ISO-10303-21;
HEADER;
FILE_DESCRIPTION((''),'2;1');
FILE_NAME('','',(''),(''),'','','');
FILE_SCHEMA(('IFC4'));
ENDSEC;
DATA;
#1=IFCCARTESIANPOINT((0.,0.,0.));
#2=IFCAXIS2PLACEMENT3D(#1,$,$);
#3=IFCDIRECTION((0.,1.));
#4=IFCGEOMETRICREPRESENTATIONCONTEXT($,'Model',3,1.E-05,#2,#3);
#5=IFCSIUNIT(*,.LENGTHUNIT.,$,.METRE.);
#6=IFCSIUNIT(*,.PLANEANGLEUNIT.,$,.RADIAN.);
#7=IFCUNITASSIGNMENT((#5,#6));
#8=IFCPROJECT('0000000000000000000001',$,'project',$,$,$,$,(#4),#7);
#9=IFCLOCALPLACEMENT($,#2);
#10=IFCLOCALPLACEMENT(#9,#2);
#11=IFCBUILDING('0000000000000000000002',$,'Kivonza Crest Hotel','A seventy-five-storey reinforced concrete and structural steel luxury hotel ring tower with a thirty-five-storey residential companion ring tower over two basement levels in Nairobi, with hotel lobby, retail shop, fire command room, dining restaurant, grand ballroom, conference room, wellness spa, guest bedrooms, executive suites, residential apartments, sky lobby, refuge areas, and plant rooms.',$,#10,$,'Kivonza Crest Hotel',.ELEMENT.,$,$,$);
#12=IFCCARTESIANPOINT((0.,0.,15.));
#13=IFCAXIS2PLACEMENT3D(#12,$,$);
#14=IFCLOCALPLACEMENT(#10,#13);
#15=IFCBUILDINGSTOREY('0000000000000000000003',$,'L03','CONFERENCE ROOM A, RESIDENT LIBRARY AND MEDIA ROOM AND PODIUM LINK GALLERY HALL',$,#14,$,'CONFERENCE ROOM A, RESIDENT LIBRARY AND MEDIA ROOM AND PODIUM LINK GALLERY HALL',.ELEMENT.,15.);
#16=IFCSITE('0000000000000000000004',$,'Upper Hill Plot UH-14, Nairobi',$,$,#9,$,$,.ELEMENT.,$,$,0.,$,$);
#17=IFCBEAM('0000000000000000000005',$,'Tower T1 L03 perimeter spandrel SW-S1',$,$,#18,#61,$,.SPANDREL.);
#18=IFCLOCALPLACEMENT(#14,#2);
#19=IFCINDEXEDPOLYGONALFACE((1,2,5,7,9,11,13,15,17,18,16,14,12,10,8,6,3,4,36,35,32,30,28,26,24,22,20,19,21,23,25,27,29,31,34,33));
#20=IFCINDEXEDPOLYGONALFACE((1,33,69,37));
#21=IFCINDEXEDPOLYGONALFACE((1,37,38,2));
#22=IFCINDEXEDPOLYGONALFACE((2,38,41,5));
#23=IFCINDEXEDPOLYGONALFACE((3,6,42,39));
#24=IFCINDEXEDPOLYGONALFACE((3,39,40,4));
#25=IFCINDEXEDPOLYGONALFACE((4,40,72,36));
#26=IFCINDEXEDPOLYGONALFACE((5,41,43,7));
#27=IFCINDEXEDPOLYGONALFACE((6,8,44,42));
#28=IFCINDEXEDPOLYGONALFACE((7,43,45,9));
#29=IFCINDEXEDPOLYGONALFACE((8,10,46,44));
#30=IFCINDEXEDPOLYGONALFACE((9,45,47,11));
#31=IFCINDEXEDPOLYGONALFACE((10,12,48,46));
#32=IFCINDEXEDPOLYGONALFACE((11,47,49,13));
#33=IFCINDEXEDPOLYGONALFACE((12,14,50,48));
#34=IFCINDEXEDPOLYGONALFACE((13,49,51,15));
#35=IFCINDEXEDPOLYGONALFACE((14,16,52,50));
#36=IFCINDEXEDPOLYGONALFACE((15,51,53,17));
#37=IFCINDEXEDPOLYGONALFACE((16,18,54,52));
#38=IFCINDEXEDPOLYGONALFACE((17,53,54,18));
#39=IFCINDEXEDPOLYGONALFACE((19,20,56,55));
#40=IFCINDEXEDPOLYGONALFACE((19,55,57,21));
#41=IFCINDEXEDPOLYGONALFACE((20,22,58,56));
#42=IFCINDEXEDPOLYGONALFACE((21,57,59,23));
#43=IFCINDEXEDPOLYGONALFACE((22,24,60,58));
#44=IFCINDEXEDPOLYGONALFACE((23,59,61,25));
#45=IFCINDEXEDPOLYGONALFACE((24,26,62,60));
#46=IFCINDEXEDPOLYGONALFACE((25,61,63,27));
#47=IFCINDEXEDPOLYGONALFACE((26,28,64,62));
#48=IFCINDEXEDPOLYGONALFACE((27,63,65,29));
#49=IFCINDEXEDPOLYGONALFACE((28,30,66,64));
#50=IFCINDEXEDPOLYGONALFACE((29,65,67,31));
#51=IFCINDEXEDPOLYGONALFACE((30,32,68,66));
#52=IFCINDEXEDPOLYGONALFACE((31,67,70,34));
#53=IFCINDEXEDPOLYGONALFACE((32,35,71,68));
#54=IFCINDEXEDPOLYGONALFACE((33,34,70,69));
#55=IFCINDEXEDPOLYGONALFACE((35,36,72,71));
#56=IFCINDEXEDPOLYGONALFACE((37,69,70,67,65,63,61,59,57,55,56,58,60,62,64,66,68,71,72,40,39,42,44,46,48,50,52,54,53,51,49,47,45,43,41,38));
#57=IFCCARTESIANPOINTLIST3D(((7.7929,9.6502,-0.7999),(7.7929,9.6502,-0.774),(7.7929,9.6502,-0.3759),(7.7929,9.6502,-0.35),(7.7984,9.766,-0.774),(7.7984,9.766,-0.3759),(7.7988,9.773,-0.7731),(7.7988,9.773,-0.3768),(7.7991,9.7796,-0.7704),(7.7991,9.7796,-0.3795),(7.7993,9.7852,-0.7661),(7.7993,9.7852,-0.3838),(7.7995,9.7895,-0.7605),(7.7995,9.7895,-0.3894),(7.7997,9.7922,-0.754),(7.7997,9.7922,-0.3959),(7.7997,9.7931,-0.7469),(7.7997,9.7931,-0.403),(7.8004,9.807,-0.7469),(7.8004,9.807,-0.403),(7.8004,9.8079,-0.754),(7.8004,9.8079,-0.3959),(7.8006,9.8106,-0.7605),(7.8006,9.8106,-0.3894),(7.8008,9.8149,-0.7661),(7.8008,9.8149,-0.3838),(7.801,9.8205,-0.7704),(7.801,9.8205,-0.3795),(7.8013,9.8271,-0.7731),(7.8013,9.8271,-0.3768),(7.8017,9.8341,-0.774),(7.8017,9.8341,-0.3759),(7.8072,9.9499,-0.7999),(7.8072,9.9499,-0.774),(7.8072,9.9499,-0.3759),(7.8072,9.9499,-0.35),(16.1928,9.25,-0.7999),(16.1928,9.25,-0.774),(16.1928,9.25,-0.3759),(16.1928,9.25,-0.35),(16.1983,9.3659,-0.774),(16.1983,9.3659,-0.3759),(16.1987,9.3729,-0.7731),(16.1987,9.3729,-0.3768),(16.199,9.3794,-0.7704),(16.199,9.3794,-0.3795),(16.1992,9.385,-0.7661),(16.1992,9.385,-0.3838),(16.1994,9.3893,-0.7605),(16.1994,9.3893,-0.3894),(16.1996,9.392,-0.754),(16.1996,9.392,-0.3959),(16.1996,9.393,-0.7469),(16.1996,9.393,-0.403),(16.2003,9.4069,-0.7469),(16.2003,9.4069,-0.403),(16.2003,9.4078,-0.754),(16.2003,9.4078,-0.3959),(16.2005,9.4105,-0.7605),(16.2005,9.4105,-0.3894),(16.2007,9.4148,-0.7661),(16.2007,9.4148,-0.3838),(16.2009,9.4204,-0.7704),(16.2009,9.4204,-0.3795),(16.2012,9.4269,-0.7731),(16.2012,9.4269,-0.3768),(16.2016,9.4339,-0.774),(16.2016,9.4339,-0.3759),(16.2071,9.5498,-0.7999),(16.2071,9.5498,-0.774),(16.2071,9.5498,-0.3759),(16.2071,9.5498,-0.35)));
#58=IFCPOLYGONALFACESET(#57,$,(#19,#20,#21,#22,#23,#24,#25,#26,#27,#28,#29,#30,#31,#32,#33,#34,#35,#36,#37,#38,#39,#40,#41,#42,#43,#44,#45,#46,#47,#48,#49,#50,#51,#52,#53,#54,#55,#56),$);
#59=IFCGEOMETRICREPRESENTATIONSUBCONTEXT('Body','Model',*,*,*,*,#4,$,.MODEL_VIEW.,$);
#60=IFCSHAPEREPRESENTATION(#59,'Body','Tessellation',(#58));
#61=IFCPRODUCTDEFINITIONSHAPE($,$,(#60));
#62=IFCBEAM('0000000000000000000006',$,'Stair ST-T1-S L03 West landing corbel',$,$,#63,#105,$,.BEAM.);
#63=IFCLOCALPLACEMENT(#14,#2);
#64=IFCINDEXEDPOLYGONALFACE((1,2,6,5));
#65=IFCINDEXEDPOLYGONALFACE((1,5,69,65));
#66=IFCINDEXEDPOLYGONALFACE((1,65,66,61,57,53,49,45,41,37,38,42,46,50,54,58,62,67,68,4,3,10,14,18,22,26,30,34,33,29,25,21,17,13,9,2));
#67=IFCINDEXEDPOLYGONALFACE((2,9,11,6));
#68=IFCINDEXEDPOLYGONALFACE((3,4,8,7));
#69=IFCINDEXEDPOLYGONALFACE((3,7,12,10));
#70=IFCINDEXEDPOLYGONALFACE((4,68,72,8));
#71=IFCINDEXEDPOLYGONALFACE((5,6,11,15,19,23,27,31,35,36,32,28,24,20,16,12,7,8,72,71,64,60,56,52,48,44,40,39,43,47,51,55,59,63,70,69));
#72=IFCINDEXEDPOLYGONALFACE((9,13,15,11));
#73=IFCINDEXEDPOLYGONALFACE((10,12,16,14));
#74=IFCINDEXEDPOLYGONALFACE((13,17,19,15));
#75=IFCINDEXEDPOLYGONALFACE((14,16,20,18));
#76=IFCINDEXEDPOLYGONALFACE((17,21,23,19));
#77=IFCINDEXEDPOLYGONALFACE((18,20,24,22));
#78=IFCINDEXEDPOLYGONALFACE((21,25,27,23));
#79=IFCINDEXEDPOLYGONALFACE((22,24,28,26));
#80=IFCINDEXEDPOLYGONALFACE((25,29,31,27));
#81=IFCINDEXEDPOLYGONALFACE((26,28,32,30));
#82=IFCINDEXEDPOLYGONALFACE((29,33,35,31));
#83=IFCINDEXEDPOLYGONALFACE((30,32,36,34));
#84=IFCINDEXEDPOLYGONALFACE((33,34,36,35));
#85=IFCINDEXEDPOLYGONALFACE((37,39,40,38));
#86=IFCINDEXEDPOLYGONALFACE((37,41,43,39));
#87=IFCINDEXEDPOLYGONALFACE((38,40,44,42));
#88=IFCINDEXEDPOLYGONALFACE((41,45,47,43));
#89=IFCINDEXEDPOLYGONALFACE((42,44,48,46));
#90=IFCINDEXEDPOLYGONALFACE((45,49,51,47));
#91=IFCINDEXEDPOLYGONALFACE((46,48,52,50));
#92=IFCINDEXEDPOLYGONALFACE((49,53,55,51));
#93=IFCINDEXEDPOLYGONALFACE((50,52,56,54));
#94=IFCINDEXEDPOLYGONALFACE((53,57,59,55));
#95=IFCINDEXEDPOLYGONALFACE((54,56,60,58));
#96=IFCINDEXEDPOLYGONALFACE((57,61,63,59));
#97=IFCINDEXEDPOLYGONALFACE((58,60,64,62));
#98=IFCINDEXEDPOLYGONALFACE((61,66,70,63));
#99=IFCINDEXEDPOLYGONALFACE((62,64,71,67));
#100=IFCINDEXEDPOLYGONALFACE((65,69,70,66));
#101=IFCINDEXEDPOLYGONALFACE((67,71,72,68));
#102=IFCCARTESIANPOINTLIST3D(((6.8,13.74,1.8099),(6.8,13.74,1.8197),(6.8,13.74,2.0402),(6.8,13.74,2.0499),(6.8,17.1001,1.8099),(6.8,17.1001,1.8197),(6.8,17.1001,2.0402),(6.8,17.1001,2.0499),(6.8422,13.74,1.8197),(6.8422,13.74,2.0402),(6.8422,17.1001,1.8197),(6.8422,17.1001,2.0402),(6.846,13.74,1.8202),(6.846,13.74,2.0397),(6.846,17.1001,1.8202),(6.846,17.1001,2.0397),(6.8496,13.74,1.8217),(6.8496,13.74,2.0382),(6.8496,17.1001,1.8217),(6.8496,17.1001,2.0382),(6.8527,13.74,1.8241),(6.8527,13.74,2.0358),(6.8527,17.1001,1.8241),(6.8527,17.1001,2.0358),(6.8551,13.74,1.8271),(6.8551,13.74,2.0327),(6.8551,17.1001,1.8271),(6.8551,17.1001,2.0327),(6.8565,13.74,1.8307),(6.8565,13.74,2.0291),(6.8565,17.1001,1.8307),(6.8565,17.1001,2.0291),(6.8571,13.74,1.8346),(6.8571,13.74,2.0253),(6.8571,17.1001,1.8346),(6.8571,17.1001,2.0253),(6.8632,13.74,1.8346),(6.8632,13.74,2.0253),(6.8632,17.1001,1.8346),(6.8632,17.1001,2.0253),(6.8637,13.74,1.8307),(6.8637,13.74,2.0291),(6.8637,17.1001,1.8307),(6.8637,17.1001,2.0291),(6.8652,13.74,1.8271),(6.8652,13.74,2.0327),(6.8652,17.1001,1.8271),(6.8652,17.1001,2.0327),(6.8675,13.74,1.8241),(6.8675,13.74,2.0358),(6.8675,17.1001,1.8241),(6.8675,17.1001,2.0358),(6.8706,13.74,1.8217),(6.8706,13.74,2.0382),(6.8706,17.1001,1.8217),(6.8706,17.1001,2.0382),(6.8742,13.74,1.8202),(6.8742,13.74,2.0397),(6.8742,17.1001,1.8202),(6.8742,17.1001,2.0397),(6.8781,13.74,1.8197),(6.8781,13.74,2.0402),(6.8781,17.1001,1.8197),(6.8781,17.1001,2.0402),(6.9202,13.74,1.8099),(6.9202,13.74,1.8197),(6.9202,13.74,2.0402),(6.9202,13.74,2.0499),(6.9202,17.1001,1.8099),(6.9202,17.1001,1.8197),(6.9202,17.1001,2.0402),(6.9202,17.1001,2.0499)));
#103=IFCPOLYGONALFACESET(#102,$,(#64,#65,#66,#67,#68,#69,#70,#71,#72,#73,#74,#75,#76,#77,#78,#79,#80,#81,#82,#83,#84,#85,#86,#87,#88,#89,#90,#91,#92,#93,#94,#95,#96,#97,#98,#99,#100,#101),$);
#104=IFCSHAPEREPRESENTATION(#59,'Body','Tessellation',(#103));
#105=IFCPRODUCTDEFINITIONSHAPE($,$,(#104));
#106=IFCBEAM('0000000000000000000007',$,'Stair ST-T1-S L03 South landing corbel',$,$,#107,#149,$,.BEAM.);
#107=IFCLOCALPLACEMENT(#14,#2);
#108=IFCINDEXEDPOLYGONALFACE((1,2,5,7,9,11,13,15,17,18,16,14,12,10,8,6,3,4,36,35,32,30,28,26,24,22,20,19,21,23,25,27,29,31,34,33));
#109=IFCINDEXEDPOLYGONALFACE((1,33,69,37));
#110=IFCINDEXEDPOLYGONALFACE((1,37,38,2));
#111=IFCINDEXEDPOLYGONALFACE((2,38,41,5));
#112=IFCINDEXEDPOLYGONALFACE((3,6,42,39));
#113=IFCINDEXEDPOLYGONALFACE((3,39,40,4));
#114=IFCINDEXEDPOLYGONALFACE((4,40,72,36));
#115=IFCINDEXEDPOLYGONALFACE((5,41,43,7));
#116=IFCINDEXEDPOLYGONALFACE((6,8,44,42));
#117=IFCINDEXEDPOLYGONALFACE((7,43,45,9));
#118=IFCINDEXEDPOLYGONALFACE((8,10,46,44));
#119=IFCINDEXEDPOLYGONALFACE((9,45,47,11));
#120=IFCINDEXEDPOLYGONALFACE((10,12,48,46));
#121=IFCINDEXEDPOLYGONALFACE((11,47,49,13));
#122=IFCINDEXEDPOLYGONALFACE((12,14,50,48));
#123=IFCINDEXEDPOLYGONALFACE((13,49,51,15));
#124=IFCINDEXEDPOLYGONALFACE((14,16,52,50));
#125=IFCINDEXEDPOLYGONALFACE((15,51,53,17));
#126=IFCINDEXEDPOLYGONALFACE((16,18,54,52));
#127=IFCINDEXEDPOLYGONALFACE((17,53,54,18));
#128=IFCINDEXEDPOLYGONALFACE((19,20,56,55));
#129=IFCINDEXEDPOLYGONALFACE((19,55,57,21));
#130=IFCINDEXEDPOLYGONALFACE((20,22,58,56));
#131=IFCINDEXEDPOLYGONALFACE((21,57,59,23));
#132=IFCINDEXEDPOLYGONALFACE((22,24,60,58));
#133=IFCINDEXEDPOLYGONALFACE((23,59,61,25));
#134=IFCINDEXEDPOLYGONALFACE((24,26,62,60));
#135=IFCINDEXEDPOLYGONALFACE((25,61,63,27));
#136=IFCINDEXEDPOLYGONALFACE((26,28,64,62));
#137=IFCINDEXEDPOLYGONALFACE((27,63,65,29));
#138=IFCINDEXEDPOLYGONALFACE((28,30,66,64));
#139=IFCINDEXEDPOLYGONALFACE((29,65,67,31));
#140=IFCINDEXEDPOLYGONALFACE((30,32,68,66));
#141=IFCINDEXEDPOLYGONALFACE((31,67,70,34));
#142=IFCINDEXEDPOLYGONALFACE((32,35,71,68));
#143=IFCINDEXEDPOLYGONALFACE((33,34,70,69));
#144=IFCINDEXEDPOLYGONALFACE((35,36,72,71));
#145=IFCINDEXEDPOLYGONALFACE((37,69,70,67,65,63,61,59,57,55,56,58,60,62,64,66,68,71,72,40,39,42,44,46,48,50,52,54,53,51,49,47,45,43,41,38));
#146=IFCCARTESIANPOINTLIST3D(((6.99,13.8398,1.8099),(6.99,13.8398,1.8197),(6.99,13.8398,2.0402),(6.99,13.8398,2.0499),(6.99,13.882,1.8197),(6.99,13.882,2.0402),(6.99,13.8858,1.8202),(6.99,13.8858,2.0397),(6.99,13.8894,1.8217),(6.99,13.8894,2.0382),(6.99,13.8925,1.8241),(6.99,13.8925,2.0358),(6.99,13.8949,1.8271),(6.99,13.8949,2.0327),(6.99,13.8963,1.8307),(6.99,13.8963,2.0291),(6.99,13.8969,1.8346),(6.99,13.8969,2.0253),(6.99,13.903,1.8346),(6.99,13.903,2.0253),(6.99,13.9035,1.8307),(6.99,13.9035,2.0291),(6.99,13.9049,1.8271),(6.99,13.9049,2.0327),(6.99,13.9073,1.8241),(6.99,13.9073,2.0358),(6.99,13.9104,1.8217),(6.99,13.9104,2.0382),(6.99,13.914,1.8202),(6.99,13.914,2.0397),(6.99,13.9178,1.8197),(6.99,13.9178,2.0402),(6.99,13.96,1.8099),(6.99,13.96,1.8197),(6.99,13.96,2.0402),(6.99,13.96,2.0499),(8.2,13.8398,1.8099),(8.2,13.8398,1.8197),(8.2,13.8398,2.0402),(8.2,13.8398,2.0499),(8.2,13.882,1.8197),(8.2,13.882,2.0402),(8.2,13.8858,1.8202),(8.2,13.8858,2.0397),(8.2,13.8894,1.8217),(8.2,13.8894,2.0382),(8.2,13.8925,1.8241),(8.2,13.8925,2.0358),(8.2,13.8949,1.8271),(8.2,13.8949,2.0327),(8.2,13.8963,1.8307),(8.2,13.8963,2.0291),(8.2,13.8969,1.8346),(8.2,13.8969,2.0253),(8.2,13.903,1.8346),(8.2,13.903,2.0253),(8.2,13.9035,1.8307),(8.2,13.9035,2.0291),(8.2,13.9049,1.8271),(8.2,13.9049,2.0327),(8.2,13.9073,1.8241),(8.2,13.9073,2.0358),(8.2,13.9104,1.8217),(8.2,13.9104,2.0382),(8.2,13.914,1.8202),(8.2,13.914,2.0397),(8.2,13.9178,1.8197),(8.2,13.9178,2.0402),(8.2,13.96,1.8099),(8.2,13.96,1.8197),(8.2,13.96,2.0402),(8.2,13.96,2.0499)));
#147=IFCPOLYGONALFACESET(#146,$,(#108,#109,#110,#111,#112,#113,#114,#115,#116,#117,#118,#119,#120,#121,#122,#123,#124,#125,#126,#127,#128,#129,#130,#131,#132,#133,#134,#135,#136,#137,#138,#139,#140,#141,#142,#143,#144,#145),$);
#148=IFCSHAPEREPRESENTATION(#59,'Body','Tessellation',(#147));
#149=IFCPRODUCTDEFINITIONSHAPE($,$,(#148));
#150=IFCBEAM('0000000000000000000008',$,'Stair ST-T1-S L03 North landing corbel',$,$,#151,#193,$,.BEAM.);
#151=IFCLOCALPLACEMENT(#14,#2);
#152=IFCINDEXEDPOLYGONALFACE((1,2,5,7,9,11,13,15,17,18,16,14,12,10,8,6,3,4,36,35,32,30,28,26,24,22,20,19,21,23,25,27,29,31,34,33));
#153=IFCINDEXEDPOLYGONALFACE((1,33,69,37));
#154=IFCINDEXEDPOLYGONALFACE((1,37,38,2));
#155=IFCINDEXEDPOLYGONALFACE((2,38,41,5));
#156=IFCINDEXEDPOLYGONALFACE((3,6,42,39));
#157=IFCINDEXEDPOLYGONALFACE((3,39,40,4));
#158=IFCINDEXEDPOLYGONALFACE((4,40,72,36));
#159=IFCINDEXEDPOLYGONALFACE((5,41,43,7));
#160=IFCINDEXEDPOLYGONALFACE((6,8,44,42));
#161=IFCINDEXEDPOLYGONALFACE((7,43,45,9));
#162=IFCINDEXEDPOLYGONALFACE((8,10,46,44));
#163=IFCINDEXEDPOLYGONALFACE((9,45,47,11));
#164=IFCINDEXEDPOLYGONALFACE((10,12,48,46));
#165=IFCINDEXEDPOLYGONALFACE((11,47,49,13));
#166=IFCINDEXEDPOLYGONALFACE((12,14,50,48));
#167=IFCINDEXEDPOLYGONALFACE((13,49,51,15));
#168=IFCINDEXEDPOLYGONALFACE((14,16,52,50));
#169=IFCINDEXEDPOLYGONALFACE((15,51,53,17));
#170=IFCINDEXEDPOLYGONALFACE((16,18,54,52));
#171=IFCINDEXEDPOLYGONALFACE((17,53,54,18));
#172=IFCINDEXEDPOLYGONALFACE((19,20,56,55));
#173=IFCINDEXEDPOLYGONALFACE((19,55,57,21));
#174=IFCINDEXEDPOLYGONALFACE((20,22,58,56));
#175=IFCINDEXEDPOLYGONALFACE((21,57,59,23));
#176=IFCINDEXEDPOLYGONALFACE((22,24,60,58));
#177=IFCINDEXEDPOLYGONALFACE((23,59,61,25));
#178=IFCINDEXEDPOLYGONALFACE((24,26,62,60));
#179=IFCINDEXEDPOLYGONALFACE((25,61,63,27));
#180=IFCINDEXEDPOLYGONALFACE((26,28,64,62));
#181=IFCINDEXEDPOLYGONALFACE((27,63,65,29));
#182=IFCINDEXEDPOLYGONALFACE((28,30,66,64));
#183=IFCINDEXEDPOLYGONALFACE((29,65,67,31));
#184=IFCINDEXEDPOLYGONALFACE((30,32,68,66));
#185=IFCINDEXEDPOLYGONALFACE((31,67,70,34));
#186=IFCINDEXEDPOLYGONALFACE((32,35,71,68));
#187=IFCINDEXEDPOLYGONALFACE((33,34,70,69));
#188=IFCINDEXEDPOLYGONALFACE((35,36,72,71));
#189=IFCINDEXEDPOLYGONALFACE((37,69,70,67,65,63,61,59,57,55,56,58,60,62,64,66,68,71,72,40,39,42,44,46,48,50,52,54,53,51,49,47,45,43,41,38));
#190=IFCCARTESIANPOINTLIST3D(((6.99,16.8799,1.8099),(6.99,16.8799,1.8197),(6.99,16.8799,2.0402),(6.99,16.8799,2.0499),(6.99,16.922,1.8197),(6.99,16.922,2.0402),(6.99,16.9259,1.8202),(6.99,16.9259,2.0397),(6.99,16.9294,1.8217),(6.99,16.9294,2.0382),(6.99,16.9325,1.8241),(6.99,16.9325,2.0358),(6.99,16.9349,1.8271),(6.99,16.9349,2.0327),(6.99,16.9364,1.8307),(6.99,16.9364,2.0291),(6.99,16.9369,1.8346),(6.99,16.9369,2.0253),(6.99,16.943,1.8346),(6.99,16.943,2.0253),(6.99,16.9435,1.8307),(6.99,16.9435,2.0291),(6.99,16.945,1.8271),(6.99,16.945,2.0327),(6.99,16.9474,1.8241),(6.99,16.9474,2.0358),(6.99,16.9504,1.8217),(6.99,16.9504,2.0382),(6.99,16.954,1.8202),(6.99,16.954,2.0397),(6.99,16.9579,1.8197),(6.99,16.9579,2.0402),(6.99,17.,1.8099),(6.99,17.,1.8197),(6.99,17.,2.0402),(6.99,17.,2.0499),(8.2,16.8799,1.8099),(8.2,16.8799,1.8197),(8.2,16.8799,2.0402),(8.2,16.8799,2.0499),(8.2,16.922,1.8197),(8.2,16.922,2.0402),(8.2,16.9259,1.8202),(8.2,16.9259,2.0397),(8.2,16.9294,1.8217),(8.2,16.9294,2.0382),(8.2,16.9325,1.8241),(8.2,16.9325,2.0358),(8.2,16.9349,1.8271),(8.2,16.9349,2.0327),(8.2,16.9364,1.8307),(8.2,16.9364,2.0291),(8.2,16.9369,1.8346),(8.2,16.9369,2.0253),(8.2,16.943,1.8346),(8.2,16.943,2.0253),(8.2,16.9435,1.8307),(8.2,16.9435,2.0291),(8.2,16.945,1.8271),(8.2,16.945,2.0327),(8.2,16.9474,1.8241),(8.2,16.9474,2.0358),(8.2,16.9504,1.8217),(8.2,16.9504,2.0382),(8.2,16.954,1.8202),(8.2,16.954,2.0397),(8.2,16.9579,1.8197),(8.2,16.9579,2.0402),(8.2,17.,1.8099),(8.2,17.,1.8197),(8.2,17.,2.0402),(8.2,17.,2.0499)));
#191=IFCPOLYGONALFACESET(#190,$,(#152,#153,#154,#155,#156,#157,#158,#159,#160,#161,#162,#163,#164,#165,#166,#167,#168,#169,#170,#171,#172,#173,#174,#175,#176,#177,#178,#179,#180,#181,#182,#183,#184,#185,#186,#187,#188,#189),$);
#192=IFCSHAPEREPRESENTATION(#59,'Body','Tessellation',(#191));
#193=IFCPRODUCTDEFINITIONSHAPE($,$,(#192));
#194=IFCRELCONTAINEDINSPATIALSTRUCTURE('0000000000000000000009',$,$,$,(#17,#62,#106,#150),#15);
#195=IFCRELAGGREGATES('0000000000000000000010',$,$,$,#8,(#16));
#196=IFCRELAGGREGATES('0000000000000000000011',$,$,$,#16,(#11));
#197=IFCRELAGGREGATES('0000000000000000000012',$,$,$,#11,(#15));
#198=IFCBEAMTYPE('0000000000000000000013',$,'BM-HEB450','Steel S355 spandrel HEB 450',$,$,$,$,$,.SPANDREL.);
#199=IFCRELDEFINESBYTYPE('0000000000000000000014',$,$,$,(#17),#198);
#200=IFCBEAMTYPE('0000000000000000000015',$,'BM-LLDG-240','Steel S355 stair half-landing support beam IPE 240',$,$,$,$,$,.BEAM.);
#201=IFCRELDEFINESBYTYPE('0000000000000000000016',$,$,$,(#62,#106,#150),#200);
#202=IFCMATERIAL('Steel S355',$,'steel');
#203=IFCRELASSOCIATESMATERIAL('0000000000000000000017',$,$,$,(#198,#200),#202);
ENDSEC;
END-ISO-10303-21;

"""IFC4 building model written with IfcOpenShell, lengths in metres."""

from ifc_helpers import new_model, si_unit, direction, frame, origin, origin_2d, place, context, subcontext, project, spatial, i_section, extrude, material, material_profile, profile_set, type_object, element, save


model = new_model("IFC4")

# Units and contexts
model_context = context("Model", 3, precision=1e-05, world=origin(), true_north=direction((0.0, 1.0)))
body_context = subcontext(model_context, "Body", "Model", "MODEL_VIEW")
ifc_project = project(units=[si_unit("LENGTHUNIT", "METRE"), si_unit("PLANEANGLEUNIT", "RADIAN")], contexts=[model_context])

# Site, building, storey
site_placement = place(None, origin())
site = spatial("IfcSite", under=ifc_project, at=site_placement, Name="Upper Hill Plot UH-14, Nairobi", CompositionType="ELEMENT", RefElevation=0.0)
building_placement = place(site_placement, origin())
building = spatial("IfcBuilding", under=site, at=building_placement, Name="Kivonza Crest Hotel", Description="A seventy-five-storey reinforced concrete and structural steel luxury hotel ring tower with a thirty-five-storey residential companion ring tower over two basement levels in Nairobi, with hotel lobby, retail shop, fire command room, dining restaurant, grand ballroom, conference room, wellness spa, guest bedrooms, executive suites, residential apartments, sky lobby, refuge areas, and plant rooms.", LongName="Kivonza Crest Hotel", CompositionType="ELEMENT")
storey_placement = place(building_placement, frame((0.0, 0.0, 15.0)))
storey = spatial("IfcBuildingStorey", under=building, at=storey_placement, Name="L03", Description="CONFERENCE ROOM A, RESIDENT LIBRARY AND MEDIA ROOM AND PODIUM LINK GALLERY HALL", LongName="CONFERENCE ROOM A, RESIDENT LIBRARY AND MEDIA ROOM AND PODIUM LINK GALLERY HALL", CompositionType="ELEMENT", Elevation=15.0)

# Beams
ifc_material_1 = material(Name="Steel S355", Category="steel")
ifc_material_profile_1 = material_profile(ifc_material_1, i_section(OverallWidth=0.3, OverallDepth=0.45, WebThickness=0.0139, FlangeThickness=0.0259, FilletRadius=0.0271, at=origin_2d()), Name="HEB 450")
ifc_profile_set_1 = profile_set([ifc_material_profile_1], Name="Steel S355")
beam_type_1 = type_object("IfcBeamType", Name="BM-HEB450", Description="Steel S355 spandrel HEB 450", PredefinedType="SPANDREL", material=ifc_profile_set_1)
beam_1_placement = place(storey_placement, frame((7.8, 9.8, -0.575), z_axis=(0.998867, -0.047583, 0.0), x_axis=(0.047583, 0.998867, 0.0)))
element("IfcBeam", 1, at=beam_1_placement, inside=storey, type_object=beam_type_1, Name="Tower T1 L03 perimeter spandrel SW-S1", PredefinedType="SPANDREL", context=body_context, shape_type="SweptSolid", body=[
    extrude(i_section(OverallWidth=0.3, OverallDepth=0.45, WebThickness=0.0139, FlangeThickness=0.0259, FilletRadius=0.0271, at=origin_2d()), origin(), (0.0, 0.0, 1.0), 8.4094),
])
ifc_material_profile_2 = material_profile(ifc_material_1, i_section(OverallWidth=0.1201, OverallDepth=0.24, WebThickness=0.0061, FlangeThickness=0.0098, FilletRadius=0.0149, at=origin_2d()), Name="IPE 240")
ifc_profile_set_2 = profile_set([ifc_material_profile_2], Name="Steel S355")
beam_type_2 = type_object("IfcBeamType", Name="BM-LLDG-240", Description="Steel S355 stair half-landing support beam IPE 240", PredefinedType="BEAM", material=ifc_profile_set_2)
beam_2_placement = place(storey_placement, frame((6.8601, 13.74, 1.9299), z_axis=(0.0, 1.0, 0.0), x_axis=(-1.0, 0.0, 0.0)))
element("IfcBeam", 2, at=beam_2_placement, inside=storey, type_object=beam_type_2, Name="Stair ST-T1-S L03 West landing corbel", PredefinedType="BEAM", context=body_context, shape_type="SweptSolid", body=[
    extrude(i_section(OverallWidth=0.1201, OverallDepth=0.24, WebThickness=0.0061, FlangeThickness=0.0098, FilletRadius=0.0149, at=origin_2d()), origin(), (0.0, 0.0, 1.0), 3.3601),
])
for number, where, z_axis, x_axis, name in (
    (3, (6.99, 13.8999, 1.9299), (1.0, 0.0, 0.0), (0.0, 1.0, 0.0), "Stair ST-T1-S L03 South landing corbel"),
    (4, (6.99, 16.9399, 1.9299), (1.0, 0.0, 0.0), (0.0, 1.0, 0.0), "Stair ST-T1-S L03 North landing corbel"),
):
    element("IfcBeam", number, at=place(storey_placement, frame(where, z_axis=z_axis, x_axis=x_axis)), inside=storey, type_object=beam_type_2, Name=name, PredefinedType="BEAM", context=body_context, shape_type="SweptSolid", body=[
        extrude(i_section(OverallWidth=0.1201, OverallDepth=0.24, WebThickness=0.0061, FlangeThickness=0.0098, FilletRadius=0.0149, at=origin_2d()), origin(), (0.0, 0.0, 1.0), 1.21),
    ])

save(model, "model.ifc")
